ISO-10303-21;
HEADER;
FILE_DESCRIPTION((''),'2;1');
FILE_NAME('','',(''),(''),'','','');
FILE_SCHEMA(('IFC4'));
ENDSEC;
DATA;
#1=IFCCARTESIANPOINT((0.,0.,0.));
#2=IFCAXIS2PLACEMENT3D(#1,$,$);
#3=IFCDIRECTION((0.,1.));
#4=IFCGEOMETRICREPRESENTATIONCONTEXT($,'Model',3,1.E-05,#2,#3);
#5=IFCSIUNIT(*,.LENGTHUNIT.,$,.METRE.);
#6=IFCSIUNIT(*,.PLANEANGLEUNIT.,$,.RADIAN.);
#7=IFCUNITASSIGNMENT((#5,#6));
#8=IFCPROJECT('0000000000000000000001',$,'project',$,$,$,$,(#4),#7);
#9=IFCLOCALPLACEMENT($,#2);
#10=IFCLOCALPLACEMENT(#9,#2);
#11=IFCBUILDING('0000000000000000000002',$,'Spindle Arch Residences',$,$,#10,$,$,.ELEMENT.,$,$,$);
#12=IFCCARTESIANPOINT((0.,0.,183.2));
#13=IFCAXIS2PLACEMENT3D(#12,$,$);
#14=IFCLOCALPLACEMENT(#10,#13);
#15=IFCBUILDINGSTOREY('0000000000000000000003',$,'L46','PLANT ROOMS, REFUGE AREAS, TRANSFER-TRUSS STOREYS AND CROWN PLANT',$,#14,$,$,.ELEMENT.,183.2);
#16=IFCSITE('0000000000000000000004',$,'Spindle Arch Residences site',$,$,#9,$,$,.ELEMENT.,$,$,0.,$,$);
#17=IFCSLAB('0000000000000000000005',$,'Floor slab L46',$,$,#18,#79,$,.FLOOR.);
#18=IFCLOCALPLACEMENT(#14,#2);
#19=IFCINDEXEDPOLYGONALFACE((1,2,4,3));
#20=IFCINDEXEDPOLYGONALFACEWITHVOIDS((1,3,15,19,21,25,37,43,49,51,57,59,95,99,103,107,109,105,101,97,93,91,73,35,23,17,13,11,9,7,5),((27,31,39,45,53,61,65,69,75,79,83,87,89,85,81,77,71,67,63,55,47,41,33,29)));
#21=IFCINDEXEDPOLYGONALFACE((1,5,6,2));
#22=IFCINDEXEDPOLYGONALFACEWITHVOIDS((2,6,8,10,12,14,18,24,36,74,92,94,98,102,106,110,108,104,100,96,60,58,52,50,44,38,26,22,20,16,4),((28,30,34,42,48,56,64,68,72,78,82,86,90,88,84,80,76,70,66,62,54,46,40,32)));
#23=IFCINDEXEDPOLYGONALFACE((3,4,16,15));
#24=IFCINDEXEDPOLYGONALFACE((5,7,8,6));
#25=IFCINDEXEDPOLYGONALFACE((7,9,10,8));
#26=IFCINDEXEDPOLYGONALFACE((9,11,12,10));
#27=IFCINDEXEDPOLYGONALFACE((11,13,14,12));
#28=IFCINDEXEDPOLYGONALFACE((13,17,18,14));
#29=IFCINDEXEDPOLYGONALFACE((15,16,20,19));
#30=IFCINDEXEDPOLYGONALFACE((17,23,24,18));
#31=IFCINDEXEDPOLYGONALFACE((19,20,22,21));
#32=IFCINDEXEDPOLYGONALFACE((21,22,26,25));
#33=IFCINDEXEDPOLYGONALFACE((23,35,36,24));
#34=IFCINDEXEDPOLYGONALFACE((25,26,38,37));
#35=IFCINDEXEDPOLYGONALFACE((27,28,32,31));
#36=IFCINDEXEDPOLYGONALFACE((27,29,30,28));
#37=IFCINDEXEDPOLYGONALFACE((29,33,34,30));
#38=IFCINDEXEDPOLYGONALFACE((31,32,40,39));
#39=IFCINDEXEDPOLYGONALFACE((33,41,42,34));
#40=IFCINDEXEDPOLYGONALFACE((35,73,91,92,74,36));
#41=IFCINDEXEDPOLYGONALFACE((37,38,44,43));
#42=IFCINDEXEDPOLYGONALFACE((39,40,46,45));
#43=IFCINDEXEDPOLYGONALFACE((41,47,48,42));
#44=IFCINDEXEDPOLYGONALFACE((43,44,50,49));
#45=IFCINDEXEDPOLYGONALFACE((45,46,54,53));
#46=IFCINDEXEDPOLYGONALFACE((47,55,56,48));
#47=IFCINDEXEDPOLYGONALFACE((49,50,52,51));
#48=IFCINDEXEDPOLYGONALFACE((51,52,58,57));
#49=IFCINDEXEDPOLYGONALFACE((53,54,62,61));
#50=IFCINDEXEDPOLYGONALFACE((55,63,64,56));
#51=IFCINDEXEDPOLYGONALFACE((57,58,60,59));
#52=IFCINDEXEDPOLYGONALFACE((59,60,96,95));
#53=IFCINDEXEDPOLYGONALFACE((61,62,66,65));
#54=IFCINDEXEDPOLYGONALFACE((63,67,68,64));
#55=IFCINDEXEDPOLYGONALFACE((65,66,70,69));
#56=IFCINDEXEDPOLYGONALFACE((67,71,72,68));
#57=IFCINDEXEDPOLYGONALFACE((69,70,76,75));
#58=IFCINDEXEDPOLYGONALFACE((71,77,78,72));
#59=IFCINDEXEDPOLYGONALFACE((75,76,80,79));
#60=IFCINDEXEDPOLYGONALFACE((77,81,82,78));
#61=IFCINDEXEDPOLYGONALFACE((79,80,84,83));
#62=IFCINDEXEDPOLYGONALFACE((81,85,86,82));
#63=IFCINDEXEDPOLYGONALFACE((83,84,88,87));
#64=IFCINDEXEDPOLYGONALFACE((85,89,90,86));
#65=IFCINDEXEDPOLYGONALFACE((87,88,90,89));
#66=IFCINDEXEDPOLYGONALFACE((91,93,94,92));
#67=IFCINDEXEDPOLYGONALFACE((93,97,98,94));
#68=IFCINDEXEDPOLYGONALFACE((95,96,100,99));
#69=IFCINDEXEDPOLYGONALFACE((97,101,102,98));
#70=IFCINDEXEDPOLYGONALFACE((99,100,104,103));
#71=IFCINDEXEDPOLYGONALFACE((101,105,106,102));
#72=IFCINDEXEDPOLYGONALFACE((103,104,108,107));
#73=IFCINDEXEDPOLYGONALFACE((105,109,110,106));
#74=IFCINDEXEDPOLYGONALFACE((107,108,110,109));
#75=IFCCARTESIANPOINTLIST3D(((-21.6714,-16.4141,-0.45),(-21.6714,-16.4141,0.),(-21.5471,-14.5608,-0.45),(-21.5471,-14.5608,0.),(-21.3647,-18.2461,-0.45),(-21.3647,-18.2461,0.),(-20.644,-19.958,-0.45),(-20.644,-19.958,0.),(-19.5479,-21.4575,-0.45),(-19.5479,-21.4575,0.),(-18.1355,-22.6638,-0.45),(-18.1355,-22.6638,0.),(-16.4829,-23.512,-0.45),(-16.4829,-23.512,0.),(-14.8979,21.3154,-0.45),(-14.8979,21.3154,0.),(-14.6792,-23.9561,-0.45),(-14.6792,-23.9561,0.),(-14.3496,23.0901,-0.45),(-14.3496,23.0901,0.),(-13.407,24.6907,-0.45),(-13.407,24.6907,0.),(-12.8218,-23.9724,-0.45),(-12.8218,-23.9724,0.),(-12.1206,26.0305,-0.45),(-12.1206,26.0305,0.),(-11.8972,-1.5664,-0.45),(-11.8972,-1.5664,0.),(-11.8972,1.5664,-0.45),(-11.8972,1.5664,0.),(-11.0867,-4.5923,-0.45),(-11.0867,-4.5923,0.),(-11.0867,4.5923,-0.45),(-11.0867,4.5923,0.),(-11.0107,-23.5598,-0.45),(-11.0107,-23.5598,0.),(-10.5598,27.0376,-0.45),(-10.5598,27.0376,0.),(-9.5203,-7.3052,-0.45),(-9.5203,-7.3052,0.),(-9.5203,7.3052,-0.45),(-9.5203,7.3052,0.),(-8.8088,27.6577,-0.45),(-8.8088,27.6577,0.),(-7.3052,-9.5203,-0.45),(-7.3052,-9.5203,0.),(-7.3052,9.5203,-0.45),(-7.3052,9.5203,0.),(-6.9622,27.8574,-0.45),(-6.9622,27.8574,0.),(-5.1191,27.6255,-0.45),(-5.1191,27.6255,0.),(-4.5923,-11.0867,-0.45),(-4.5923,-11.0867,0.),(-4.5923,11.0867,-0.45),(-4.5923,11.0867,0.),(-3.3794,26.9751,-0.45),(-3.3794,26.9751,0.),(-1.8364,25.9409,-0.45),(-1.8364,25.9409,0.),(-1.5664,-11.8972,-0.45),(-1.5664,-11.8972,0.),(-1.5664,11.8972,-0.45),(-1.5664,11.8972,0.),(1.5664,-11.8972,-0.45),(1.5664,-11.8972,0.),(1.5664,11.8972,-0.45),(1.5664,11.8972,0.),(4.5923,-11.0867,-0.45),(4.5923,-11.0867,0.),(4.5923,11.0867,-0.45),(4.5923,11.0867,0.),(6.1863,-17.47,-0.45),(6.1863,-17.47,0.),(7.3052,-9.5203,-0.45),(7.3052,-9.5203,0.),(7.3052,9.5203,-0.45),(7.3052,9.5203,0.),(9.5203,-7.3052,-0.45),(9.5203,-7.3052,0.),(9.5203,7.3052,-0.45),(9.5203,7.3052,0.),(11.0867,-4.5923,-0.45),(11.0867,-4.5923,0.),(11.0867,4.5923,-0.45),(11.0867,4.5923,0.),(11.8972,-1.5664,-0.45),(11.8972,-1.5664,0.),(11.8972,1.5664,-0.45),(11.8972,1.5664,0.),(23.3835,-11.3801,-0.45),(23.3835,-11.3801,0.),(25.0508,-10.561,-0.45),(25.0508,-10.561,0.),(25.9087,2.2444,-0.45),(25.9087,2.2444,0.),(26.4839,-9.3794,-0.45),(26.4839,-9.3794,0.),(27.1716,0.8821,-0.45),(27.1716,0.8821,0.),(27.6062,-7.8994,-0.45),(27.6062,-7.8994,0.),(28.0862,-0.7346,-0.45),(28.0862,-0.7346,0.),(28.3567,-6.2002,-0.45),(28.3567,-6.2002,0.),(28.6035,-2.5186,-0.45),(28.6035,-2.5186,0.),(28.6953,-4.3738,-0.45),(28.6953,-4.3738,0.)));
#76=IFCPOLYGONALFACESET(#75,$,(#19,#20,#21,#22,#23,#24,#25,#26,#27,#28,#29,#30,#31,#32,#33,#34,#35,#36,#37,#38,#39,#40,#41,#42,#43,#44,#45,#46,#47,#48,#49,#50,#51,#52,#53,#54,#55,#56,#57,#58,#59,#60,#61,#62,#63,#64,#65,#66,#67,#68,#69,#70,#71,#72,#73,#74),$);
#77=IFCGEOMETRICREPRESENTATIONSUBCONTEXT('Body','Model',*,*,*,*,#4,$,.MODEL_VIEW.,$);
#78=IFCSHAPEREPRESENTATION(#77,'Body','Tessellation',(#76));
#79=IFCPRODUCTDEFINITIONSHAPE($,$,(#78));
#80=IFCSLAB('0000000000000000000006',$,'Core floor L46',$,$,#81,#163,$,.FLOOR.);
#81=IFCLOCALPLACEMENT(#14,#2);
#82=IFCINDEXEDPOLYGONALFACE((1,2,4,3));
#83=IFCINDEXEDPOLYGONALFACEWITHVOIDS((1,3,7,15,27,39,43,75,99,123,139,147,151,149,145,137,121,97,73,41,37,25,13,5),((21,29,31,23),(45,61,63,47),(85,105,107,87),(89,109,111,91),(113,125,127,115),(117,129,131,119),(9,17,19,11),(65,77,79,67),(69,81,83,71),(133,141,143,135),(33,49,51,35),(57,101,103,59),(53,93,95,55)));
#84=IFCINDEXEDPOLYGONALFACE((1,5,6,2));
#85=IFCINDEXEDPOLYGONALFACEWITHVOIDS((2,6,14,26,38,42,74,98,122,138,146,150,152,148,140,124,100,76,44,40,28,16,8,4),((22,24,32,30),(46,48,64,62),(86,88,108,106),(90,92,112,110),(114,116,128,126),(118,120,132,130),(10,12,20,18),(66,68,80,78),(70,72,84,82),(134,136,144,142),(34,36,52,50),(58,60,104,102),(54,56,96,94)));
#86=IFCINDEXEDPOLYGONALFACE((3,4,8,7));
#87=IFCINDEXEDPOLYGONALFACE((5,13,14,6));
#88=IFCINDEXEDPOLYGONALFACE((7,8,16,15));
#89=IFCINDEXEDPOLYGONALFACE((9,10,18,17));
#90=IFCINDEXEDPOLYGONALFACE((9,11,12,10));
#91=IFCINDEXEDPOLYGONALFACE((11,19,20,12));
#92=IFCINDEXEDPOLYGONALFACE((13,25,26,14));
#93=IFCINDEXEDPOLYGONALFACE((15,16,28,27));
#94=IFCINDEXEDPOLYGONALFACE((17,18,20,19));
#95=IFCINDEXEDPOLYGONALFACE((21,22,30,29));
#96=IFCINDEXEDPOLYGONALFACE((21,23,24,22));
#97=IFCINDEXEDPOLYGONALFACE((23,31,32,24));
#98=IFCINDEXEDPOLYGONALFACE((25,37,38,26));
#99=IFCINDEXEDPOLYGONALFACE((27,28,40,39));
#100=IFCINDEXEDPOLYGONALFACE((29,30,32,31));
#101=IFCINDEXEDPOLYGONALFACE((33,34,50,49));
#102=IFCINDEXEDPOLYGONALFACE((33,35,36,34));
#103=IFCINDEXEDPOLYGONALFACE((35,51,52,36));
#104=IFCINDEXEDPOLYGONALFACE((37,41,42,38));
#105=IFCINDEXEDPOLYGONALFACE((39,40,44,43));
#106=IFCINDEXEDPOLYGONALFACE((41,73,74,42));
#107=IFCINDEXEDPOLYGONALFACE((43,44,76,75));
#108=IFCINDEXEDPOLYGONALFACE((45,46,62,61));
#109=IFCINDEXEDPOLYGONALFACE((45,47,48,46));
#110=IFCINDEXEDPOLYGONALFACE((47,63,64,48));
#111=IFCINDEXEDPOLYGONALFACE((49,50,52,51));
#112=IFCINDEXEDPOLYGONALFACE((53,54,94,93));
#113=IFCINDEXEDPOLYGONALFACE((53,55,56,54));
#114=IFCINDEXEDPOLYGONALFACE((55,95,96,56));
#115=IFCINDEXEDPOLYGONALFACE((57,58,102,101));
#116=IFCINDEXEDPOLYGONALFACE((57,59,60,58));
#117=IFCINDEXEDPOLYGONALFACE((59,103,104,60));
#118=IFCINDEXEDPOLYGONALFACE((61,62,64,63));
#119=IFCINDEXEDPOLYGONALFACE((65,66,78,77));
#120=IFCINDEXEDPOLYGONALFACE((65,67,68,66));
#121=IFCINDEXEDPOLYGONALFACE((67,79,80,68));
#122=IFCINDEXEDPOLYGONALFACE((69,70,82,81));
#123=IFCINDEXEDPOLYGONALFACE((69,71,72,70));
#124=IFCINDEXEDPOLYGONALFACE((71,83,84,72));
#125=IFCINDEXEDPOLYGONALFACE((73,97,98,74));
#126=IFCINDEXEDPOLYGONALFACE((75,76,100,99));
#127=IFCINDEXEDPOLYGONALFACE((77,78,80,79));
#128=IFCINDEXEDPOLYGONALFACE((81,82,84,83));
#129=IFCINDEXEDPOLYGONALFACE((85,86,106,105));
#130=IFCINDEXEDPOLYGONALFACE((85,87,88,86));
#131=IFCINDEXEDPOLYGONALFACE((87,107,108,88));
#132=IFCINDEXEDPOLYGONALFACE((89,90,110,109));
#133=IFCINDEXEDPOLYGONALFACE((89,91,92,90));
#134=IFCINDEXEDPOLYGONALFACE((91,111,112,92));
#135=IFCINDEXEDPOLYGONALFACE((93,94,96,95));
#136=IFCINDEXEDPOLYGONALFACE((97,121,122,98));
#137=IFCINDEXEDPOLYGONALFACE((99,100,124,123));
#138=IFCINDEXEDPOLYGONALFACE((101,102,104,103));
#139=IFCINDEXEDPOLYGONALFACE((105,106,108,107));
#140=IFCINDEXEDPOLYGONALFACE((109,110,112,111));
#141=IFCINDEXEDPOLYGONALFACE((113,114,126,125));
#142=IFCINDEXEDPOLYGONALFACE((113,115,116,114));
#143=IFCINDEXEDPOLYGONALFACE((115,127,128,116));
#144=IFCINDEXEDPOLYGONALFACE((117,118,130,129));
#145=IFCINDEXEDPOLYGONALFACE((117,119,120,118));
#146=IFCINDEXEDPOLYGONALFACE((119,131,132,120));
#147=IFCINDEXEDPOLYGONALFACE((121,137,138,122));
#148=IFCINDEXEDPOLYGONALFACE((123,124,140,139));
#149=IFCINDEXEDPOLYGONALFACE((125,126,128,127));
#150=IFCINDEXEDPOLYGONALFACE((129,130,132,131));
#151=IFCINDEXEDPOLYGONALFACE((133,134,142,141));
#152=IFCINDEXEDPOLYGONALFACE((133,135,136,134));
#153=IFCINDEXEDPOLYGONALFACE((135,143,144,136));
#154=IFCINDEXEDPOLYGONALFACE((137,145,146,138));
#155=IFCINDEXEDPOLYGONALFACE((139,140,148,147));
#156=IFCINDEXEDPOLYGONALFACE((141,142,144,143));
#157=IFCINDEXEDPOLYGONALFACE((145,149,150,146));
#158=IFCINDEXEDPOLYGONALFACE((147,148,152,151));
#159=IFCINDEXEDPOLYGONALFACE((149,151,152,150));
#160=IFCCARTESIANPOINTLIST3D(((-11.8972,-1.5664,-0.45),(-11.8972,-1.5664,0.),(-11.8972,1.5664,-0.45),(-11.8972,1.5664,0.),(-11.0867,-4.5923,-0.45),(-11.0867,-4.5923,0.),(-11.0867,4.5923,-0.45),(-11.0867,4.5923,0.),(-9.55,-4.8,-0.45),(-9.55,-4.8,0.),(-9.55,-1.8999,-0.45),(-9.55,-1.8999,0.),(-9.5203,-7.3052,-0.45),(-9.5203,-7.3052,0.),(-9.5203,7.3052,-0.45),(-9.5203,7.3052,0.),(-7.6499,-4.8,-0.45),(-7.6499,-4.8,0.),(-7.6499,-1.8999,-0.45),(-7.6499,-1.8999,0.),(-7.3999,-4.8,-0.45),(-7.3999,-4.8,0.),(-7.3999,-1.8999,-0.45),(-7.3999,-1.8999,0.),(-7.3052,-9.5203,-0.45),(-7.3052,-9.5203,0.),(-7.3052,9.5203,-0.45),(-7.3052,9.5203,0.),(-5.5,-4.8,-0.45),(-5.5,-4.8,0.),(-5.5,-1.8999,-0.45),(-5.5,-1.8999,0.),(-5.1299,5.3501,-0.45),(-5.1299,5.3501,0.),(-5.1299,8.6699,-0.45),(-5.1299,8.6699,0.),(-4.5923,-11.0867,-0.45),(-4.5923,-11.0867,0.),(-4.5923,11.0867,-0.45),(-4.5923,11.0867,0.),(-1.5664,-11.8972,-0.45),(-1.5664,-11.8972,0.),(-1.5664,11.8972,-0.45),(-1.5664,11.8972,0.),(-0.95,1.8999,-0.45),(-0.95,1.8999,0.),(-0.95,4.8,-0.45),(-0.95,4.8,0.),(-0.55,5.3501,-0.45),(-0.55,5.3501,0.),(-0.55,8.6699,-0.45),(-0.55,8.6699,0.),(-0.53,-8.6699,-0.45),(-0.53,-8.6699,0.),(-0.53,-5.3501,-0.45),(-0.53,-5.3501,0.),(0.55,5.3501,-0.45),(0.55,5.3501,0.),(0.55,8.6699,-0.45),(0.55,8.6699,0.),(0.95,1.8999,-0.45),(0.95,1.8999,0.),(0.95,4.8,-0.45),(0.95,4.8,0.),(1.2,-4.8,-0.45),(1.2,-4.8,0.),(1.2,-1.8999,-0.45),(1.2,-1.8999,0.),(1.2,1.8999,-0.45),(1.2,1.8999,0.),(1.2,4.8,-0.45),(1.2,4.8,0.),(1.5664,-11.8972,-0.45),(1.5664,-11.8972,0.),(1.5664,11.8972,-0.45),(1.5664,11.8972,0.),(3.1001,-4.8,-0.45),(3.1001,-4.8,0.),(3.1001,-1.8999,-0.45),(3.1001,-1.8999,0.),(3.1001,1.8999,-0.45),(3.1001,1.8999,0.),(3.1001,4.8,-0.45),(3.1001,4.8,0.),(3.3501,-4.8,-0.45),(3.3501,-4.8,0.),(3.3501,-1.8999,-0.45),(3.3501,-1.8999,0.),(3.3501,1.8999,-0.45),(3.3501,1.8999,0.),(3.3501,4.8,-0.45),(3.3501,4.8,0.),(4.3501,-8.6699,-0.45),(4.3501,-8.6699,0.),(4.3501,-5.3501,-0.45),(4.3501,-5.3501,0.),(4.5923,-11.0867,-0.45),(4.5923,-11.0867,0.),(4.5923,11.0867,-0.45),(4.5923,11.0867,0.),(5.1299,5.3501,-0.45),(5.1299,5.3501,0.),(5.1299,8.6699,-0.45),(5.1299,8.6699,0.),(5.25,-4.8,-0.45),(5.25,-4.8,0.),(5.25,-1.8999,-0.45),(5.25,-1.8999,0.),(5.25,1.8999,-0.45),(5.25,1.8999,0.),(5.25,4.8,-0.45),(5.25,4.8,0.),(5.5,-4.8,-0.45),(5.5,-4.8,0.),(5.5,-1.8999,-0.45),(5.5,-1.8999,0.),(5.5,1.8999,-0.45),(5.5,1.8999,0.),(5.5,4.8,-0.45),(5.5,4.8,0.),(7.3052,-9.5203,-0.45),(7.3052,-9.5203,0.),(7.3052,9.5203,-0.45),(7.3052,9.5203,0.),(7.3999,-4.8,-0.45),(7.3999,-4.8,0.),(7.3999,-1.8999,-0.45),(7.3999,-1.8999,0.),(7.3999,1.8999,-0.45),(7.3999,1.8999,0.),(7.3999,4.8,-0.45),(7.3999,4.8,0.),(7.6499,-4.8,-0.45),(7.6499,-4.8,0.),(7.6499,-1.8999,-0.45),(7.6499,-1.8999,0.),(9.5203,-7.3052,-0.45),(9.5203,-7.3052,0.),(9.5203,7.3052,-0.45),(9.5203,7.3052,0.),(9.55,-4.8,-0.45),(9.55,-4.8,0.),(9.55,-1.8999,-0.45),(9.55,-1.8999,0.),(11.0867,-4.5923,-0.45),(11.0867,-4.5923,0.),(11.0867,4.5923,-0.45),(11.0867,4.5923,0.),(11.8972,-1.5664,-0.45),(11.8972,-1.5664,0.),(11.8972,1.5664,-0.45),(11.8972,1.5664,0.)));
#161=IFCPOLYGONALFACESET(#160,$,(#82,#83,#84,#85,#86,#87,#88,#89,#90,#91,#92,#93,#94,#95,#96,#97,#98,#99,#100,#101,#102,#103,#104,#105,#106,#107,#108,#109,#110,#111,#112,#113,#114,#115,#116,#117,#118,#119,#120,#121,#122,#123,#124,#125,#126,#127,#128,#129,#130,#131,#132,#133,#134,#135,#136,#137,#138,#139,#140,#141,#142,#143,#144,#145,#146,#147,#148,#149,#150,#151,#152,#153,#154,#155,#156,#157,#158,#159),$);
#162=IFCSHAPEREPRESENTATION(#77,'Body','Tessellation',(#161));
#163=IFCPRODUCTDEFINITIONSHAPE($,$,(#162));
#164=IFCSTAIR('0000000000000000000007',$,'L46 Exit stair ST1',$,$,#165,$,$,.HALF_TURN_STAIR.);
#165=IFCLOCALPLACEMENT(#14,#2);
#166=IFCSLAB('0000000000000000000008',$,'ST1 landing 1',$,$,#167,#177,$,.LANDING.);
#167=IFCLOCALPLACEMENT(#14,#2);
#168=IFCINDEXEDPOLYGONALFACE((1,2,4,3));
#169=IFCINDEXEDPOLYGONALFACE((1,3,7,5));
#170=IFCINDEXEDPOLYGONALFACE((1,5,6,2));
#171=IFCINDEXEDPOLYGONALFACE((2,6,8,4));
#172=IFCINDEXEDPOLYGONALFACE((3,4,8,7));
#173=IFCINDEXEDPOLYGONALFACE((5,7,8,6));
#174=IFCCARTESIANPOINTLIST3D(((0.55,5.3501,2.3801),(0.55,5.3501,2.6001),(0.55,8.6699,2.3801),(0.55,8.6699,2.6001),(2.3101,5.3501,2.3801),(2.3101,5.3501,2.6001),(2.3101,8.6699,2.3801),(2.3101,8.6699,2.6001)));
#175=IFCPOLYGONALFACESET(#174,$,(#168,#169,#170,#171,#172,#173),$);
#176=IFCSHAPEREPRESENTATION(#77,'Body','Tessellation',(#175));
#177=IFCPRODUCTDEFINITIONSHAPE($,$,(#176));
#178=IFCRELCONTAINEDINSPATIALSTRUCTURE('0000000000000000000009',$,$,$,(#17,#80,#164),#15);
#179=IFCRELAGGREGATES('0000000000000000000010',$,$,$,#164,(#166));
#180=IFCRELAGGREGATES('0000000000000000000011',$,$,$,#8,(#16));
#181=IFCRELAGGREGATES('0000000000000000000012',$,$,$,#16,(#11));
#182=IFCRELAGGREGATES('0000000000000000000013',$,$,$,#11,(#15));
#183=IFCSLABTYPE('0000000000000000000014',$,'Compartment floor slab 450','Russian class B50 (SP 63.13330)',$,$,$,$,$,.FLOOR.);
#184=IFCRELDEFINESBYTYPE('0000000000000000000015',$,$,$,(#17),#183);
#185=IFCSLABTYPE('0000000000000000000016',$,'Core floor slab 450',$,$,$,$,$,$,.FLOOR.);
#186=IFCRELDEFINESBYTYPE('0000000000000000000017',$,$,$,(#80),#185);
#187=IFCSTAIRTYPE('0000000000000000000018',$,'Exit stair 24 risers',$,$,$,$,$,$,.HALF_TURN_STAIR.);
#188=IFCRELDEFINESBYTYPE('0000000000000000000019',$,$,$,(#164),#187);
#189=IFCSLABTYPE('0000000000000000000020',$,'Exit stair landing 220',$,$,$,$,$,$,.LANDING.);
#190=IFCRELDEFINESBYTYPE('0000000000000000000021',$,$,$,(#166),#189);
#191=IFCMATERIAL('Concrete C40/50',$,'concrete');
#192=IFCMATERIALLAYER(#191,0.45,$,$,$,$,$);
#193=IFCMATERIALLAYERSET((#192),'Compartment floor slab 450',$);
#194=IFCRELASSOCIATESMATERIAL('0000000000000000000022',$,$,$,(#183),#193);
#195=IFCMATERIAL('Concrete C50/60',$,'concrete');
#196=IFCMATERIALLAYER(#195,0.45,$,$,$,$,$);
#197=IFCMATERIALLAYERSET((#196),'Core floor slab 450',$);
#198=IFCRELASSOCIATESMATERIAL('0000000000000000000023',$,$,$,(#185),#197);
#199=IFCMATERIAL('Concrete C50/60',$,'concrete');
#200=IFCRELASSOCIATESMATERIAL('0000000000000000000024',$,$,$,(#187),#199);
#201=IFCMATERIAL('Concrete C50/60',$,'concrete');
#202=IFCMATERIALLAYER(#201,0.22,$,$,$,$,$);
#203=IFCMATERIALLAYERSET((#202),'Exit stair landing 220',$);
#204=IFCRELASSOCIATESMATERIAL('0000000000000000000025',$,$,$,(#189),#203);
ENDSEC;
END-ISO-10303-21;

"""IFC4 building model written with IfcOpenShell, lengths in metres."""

from ifc_helpers import new_model, si_unit, direction, frame, origin, place, context, subcontext, project, spatial, polyline, outline, extrude, material, layer, layer_set, type_object, element, aggregate, save


model = new_model("IFC4")

# Units and contexts
model_context = context("Model", 3, precision=1e-05, world=origin(), true_north=direction((0.0, 1.0)))
body_context = subcontext(model_context, "Body", "Model", "MODEL_VIEW")
ifc_project = project(units=[si_unit("LENGTHUNIT", "METRE"), si_unit("PLANEANGLEUNIT", "RADIAN")], contexts=[model_context])

# Site, building, storey
site_placement = place(None, origin())
site = spatial("IfcSite", under=ifc_project, at=site_placement, Name="Spindle Arch Residences site", CompositionType="ELEMENT", RefElevation=0.0)
building_placement = place(site_placement, origin())
building = spatial("IfcBuilding", under=site, at=building_placement, Name="Spindle Arch Residences", CompositionType="ELEMENT")
storey_placement = place(building_placement, frame((0.0, 0.0, 183.2)))
storey = spatial("IfcBuildingStorey", under=building, at=storey_placement, Name="L46", Description="PLANT ROOMS, REFUGE AREAS, TRANSFER-TRUSS STOREYS AND CROWN PLANT", CompositionType="ELEMENT", Elevation=183.2)

# Slabs
ifc_material_1 = material(Name="Concrete C40/50", Category="concrete")
ifc_layer_1 = layer(ifc_material_1, 0.45)
ifc_layer_set_1 = layer_set([ifc_layer_1], Name="Compartment floor slab 450")
slab_type_1 = type_object("IfcSlabType", Name="Compartment floor slab 450", Description="Russian class B50 (SP 63.13330)", PredefinedType="FLOOR", material=ifc_layer_set_1)
slab_1_placement = place(storey_placement, frame((0.0, 0.0, -0.45)))
element("IfcSlab", 1, at=slab_1_placement, inside=storey, type_object=slab_type_1, Name="Floor slab L46", PredefinedType="FLOOR", context=body_context, shape_type="SweptSolid", body=[
    extrude(outline(polyline([(-11.0107, -23.5598), (-12.8218, -23.9724), (-14.6792, -23.9561), (-16.4829, -23.512), (-18.1355, -22.6638), (-19.5479, -21.4575), (-20.644, -19.958), (-21.3647, -18.2461), (-21.6714, -16.4141), (-21.5471, -14.5608), (-14.8979, 21.3154), (-14.3496, 23.0901), (-13.407, 24.6907), (-12.1206, 26.0305), (-10.5598, 27.0376), (-8.8088, 27.6577), (-6.9622, 27.8574), (-5.1191, 27.6255), (-3.3794, 26.9751), (-1.8364, 25.9409), (25.9087, 2.2444), (27.1716, 0.8821), (28.0862, -0.7346), (28.6035, -2.5186), (28.6953, -4.3738), (28.3567, -6.2002), (27.6062, -7.8994), (26.4839, -9.3794), (25.0508, -10.561), (23.3835, -11.3801), (6.1863, -17.47), (-11.0107, -23.5598)]), holes=[polyline([(4.5923, -11.0867), (7.3052, -9.5203), (9.5203, -7.3052), (11.0867, -4.5923), (11.8972, -1.5664), (11.8972, 1.5664), (11.0867, 4.5923), (9.5203, 7.3052), (7.3052, 9.5203), (4.5923, 11.0867), (1.5664, 11.8972), (-1.5664, 11.8972), (-4.5923, 11.0867), (-7.3052, 9.5203), (-9.5203, 7.3052), (-11.0867, 4.5923), (-11.8972, 1.5664), (-11.8972, -1.5664), (-11.0867, -4.5923), (-9.5203, -7.3052), (-7.3052, -9.5203), (-4.5923, -11.0867), (-1.5664, -11.8972), (1.5664, -11.8972), (4.5923, -11.0867)])]), origin(), (0.0, 0.0, 1.0), 0.45),
])
ifc_material_2 = material(Name="Concrete C50/60", Category="concrete")
ifc_layer_2 = layer(ifc_material_2, 0.45)
ifc_layer_set_2 = layer_set([ifc_layer_2], Name="Core floor slab 450")
slab_type_2 = type_object("IfcSlabType", Name="Core floor slab 450", PredefinedType="FLOOR", material=ifc_layer_set_2)
slab_2_placement = place(storey_placement, frame((0.0, 0.0, -0.45)))
element("IfcSlab", 2, at=slab_2_placement, inside=storey, type_object=slab_type_2, Name="Core floor L46", PredefinedType="FLOOR", context=body_context, shape_type="SweptSolid", body=[
    extrude(outline(polyline([(1.5664, -11.8972), (4.5923, -11.0867), (7.3052, -9.5203), (9.5203, -7.3052), (11.0867, -4.5923), (11.8972, -1.5664), (11.8972, 1.5664), (11.0867, 4.5923), (9.5203, 7.3052), (7.3052, 9.5203), (4.5923, 11.0867), (1.5664, 11.8972), (-1.5664, 11.8972), (-4.5923, 11.0867), (-7.3052, 9.5203), (-9.5203, 7.3052), (-11.0867, 4.5923), (-11.8972, 1.5664), (-11.8972, -1.5664), (-11.0867, -4.5923), (-9.5203, -7.3052), (-7.3052, -9.5203), (-4.5923, -11.0867), (-1.5664, -11.8972), (1.5664, -11.8972)]), holes=[polyline([(-0.95, 1.8999), (0.95, 1.8999), (0.95, 4.8), (-0.95, 4.8), (-0.95, 1.8999)]), polyline([(1.2, 1.8999), (3.1001, 1.8999), (3.1001, 4.8), (1.2, 4.8), (1.2, 1.8999)]), polyline([(3.3501, 1.8999), (5.25, 1.8999), (5.25, 4.8), (3.3501, 4.8), (3.3501, 1.8999)]), polyline([(5.5, 1.8999), (7.3999, 1.8999), (7.3999, 4.8), (5.5, 4.8), (5.5, 1.8999)]), polyline([(-9.55, -4.8), (-7.6499, -4.8), (-7.6499, -1.8999), (-9.55, -1.8999), (-9.55, -4.8)]), polyline([(-7.3999, -4.8), (-5.5, -4.8), (-5.5, -1.8999), (-7.3999, -1.8999), (-7.3999, -4.8)]), polyline([(1.2, -4.8), (3.1001, -4.8), (3.1001, -1.8999), (1.2, -1.8999), (1.2, -4.8)]), polyline([(3.3501, -4.8), (5.25, -4.8), (5.25, -1.8999), (3.3501, -1.8999), (3.3501, -4.8)]), polyline([(5.5, -4.8), (7.3999, -4.8), (7.3999, -1.8999), (5.5, -1.8999), (5.5, -4.8)]), polyline([(7.6499, -4.8), (9.55, -4.8), (9.55, -1.8999), (7.6499, -1.8999), (7.6499, -4.8)]), polyline([(5.1299, 8.6699), (0.55, 8.6699), (0.55, 5.3501), (5.1299, 5.3501), (5.1299, 8.6699)]), polyline([(-5.1299, 5.3501), (-0.55, 5.3501), (-0.55, 8.6699), (-5.1299, 8.6699), (-5.1299, 5.3501)]), polyline([(-0.53, -8.6699), (4.3501, -8.6699), (4.3501, -5.3501), (-0.53, -5.3501), (-0.53, -8.6699)])]), origin(), (0.0, 0.0, 1.0), 0.45),
])

# Stair, slab
ifc_material_3 = material(Name="Concrete C50/60", Category="concrete")
stair_type = type_object("IfcStairType", Name="Exit stair 24 risers", PredefinedType="HALF_TURN_STAIR", material=ifc_material_3)
stair_1_placement = place(storey_placement, origin())
stair_1 = element("IfcStair", 3, at=stair_1_placement, inside=storey, type_object=stair_type, Name="L46 Exit stair ST1", PredefinedType="HALF_TURN_STAIR")
ifc_material_4 = material(Name="Concrete C50/60", Category="concrete")
ifc_layer_3 = layer(ifc_material_4, 0.22)
ifc_layer_set_3 = layer_set([ifc_layer_3], Name="Exit stair landing 220")
slab_type_3 = type_object("IfcSlabType", Name="Exit stair landing 220", PredefinedType="LANDING", material=ifc_layer_set_3)
slab_3_placement = place(storey_placement, frame((0.0, 0.0, 2.3801)))
slab_3 = element("IfcSlab", 4, at=slab_3_placement, type_object=slab_type_3, Name="ST1 landing 1", PredefinedType="LANDING", context=body_context, shape_type="SweptSolid", body=[
    extrude(outline(polyline([(2.3101, 8.6699), (0.55, 8.6699), (0.55, 5.3501), (2.3101, 5.3501), (2.3101, 8.6699)])), origin(), (0.0, 0.0, 1.0), 0.22),
])

aggregate(stair_1, [slab_3])

save(model, "model.ifc")
